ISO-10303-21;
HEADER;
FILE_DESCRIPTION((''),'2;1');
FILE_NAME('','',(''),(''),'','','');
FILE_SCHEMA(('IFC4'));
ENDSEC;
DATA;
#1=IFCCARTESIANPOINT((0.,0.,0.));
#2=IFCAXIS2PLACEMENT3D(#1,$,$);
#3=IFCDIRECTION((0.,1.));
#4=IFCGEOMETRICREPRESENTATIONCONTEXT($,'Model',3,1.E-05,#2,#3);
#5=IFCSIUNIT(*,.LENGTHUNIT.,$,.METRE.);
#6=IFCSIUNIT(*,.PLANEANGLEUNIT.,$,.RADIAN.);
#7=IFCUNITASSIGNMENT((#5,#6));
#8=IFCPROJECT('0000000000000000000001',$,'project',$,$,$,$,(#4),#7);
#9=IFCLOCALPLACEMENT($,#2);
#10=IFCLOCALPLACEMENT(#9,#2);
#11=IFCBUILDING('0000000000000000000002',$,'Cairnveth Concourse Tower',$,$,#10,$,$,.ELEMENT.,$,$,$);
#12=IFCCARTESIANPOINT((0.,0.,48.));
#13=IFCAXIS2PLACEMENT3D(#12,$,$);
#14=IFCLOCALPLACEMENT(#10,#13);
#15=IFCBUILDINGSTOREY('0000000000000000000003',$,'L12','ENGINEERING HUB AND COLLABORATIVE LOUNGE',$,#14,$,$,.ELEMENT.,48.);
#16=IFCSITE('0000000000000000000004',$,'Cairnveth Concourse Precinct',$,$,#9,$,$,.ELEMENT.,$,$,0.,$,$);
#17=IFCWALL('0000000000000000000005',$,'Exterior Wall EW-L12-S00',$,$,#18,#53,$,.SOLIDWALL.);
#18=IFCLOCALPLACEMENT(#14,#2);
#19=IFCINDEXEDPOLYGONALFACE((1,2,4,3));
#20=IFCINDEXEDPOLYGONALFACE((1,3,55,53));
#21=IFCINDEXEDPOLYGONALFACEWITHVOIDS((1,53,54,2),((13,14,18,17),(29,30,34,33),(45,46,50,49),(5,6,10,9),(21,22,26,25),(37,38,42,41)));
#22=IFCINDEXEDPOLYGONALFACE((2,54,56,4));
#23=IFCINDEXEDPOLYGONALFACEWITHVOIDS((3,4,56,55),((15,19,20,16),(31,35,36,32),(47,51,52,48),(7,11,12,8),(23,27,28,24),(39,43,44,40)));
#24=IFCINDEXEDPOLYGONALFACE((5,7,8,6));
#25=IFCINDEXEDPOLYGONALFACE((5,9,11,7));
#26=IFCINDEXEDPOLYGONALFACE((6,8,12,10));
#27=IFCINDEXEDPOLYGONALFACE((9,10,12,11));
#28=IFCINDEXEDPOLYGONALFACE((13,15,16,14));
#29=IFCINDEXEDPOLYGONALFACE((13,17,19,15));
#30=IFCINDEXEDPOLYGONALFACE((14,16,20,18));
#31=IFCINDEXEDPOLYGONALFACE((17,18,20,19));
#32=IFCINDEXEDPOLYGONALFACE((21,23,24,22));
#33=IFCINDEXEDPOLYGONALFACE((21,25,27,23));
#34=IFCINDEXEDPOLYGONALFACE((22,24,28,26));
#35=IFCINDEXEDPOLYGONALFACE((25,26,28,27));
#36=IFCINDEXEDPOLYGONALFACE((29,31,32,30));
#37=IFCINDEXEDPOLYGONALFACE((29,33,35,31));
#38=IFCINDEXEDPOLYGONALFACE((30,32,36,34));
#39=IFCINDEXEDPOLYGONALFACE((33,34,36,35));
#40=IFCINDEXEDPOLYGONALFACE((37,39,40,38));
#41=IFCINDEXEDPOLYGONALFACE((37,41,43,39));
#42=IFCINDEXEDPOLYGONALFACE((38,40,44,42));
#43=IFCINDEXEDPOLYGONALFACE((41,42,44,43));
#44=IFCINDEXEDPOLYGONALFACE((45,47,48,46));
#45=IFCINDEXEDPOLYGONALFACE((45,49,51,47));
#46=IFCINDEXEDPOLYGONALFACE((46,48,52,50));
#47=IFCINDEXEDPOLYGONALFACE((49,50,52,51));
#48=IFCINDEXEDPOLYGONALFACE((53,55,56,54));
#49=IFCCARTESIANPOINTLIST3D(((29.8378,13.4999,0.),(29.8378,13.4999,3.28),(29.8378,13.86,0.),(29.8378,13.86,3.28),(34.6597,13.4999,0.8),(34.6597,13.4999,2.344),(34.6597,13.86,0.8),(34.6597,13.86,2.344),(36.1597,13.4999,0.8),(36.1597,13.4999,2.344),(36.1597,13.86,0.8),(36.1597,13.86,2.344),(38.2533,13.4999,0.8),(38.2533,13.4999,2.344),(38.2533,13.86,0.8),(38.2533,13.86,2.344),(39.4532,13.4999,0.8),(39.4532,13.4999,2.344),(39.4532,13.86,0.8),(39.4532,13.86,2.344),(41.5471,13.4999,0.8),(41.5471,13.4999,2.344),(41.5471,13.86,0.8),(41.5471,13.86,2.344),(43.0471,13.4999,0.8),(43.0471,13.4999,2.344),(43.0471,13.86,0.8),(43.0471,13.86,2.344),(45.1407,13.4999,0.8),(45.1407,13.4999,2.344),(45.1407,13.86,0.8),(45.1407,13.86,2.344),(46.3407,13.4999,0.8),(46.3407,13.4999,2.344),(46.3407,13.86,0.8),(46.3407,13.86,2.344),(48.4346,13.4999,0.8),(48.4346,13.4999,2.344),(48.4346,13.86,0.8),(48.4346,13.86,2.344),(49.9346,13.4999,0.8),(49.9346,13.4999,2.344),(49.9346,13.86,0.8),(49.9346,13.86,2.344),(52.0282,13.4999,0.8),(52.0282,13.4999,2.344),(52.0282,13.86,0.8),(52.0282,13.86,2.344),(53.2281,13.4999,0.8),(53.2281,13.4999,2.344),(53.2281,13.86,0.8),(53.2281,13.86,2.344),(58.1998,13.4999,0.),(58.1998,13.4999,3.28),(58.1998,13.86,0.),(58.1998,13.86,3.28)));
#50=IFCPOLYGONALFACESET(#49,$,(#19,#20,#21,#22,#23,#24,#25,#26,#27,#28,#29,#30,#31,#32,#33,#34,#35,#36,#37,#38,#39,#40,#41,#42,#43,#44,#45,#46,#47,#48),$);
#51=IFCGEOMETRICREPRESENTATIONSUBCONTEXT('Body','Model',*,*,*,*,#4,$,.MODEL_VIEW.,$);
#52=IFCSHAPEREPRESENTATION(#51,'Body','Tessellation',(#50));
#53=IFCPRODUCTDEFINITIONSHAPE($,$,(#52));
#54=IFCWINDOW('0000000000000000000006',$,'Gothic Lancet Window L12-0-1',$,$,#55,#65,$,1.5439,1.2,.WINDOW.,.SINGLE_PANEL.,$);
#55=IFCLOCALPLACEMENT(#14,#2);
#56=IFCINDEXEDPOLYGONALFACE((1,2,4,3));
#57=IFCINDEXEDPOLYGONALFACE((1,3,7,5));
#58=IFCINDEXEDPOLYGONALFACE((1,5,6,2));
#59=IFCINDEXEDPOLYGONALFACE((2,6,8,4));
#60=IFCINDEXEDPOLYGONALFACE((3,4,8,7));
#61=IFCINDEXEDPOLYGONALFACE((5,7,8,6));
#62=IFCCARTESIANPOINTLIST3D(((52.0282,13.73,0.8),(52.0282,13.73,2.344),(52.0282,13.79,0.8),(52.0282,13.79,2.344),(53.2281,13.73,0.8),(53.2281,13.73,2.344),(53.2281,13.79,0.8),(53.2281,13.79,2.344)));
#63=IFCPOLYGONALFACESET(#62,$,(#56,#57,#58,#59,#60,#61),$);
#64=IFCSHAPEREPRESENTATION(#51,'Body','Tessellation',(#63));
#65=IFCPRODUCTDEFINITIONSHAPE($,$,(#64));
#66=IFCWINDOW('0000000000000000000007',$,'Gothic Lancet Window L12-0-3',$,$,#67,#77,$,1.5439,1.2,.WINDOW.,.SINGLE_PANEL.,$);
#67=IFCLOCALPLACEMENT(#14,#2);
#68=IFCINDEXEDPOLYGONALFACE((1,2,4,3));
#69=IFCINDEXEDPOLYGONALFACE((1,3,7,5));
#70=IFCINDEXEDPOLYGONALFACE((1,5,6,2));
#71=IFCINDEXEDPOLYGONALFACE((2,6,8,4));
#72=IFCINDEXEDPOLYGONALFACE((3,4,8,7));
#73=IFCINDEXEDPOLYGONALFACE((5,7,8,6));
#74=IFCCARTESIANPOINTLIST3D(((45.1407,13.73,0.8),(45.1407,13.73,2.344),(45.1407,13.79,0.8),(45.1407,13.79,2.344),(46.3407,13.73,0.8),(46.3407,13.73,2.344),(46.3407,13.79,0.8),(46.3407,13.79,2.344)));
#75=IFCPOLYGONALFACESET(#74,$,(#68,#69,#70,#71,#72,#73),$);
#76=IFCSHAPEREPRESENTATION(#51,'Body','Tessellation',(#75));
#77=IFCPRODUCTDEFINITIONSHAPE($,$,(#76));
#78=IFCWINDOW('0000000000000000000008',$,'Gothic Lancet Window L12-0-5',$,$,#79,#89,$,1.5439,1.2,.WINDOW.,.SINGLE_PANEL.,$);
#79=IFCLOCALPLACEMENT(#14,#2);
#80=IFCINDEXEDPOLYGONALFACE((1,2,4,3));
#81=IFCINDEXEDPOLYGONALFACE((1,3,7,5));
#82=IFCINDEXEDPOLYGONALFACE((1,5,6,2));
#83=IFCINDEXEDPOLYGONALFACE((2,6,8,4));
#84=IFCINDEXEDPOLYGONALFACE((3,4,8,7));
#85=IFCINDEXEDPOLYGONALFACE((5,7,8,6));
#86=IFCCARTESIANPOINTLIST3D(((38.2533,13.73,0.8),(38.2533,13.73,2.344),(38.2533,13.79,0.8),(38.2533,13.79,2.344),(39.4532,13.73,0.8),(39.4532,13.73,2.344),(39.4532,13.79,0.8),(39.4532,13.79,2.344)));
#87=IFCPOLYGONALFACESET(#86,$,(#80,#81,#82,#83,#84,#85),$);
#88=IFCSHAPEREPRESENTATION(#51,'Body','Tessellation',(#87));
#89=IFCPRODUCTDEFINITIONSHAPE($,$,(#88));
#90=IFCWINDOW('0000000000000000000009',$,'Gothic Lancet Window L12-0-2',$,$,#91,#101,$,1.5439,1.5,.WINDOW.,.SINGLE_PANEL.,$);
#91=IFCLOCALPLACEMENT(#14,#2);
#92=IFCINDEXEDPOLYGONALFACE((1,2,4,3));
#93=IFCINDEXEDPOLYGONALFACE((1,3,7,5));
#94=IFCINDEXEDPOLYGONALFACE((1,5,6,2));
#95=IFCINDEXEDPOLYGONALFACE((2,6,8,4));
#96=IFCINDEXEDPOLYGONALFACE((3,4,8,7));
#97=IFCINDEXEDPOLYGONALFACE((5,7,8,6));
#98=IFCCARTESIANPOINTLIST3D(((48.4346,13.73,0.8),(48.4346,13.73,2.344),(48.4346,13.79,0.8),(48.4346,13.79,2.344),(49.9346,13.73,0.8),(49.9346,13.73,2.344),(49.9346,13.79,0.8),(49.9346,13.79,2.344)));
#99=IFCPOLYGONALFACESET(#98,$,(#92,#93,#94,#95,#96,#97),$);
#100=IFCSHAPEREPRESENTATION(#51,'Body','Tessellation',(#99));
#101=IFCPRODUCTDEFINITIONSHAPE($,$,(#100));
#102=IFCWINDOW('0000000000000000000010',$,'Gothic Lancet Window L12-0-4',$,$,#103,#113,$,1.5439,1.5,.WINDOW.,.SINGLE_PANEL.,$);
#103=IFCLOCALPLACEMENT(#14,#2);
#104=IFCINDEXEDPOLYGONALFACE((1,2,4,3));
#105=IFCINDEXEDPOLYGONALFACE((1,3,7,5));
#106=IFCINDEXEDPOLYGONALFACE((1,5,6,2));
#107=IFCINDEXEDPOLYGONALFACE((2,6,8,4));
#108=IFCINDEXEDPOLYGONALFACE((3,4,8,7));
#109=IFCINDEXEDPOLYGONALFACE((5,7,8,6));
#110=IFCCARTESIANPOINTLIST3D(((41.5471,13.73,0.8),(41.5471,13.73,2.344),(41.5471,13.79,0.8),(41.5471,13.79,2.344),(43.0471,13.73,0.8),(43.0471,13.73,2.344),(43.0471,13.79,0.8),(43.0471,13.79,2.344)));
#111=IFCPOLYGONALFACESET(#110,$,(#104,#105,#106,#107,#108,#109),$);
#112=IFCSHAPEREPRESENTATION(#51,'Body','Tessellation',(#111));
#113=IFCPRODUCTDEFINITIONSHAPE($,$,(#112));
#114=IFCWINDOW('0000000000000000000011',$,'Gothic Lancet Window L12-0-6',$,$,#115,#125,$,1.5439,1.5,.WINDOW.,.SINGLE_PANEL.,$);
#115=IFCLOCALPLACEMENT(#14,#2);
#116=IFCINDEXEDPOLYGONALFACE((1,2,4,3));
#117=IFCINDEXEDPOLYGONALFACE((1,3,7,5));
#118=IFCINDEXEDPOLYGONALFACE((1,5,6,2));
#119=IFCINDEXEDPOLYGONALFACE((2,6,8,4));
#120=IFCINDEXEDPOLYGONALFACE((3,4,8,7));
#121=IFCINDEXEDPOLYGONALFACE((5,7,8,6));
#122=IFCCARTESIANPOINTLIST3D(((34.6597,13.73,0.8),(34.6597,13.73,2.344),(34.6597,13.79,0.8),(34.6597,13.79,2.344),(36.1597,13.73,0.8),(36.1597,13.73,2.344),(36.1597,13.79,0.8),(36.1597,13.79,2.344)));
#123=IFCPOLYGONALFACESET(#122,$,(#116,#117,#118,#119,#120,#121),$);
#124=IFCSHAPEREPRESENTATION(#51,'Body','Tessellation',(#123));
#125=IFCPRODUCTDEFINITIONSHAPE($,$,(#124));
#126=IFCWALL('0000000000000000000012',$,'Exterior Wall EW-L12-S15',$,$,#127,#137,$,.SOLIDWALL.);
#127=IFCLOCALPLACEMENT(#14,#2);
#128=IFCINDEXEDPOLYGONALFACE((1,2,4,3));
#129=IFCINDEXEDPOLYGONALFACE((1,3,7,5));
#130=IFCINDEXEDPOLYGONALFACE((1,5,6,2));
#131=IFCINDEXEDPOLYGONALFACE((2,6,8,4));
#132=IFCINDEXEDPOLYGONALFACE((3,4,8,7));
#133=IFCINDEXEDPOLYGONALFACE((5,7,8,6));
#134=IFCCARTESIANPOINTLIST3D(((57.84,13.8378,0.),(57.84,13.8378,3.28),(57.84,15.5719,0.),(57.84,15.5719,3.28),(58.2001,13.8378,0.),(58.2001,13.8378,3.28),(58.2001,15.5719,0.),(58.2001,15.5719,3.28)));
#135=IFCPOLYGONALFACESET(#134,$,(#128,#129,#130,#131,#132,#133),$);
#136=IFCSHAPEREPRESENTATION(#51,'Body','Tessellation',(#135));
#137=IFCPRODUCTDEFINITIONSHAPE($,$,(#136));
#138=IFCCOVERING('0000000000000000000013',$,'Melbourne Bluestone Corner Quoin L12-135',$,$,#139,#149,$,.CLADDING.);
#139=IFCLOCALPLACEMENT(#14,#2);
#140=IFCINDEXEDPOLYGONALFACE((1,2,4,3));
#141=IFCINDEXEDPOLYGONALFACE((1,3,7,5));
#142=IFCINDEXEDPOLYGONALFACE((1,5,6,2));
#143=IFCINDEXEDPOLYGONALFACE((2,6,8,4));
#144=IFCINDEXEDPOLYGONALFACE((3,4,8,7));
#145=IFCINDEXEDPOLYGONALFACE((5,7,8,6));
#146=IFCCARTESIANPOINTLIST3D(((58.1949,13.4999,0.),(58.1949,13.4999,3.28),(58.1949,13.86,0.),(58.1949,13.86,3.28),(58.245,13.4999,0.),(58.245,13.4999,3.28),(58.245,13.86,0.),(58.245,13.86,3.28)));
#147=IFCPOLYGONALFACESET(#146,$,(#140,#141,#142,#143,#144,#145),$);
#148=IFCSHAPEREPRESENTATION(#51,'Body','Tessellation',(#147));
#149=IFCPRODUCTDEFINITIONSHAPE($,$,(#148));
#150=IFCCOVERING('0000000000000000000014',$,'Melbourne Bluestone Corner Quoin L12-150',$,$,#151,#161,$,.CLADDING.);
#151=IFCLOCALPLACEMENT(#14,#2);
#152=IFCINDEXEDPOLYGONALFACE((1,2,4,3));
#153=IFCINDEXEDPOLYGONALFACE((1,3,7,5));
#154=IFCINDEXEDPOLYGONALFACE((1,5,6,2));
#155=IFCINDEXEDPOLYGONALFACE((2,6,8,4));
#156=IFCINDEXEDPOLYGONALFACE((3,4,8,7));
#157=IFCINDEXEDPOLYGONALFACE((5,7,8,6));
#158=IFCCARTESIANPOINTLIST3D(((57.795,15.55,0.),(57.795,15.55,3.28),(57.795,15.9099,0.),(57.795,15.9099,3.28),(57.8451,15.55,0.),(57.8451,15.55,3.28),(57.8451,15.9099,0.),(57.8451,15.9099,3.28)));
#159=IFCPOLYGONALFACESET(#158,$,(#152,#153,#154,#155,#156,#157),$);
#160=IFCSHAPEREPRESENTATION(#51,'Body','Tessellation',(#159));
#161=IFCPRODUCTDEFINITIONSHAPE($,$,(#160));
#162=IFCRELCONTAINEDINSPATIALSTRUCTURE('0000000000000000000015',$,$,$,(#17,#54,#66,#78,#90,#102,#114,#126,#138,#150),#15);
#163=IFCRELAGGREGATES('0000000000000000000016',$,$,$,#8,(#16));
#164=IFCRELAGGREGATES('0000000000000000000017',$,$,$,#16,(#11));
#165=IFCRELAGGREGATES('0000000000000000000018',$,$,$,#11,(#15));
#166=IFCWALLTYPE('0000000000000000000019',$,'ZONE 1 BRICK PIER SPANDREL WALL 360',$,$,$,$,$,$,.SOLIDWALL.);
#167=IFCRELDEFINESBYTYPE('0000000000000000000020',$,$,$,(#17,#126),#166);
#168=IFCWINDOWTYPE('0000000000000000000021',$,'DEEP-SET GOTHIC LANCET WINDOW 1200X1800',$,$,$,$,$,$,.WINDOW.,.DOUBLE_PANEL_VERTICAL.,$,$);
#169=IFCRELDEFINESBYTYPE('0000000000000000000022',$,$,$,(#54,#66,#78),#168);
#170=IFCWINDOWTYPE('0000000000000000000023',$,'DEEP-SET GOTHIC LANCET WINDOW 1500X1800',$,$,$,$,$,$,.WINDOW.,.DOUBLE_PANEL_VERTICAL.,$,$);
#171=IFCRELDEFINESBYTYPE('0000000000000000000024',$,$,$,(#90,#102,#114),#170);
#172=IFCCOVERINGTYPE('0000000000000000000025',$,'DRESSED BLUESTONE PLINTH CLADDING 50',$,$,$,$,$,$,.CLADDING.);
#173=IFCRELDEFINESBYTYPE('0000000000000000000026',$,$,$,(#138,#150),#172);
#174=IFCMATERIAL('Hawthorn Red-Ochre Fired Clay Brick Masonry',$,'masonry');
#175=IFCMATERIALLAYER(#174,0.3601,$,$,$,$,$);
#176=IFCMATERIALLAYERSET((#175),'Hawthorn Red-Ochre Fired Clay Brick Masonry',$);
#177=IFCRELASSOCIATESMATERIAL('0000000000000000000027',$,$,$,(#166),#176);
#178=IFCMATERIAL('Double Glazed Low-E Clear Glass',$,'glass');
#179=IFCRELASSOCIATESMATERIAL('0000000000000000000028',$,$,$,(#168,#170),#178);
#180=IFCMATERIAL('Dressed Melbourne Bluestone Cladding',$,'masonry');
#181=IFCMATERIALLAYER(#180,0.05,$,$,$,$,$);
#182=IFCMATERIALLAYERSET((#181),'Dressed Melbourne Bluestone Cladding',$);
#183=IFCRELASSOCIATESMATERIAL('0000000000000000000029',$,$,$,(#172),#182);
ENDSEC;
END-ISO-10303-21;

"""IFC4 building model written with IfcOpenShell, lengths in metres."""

from ifc_helpers import new_model, si_unit, direction, frame, frame_2d, origin, place, context, subcontext, project, spatial, rectangle, extrude, material, layer, layer_set, type_object, element, fill, save


model = new_model("IFC4")

# Units and contexts
model_context = context("Model", 3, precision=1e-05, world=origin(), true_north=direction((0.0, 1.0)))
body_context = subcontext(model_context, "Body", "Model", "MODEL_VIEW")
ifc_project = project(units=[si_unit("LENGTHUNIT", "METRE"), si_unit("PLANEANGLEUNIT", "RADIAN")], contexts=[model_context])

# Site, building, storey
site_placement = place(None, origin())
site = spatial("IfcSite", under=ifc_project, at=site_placement, Name="Cairnveth Concourse Precinct", CompositionType="ELEMENT", RefElevation=0.0)
building_placement = place(site_placement, origin())
building = spatial("IfcBuilding", under=site, at=building_placement, Name="Cairnveth Concourse Tower", CompositionType="ELEMENT")
storey_placement = place(building_placement, frame((0.0, 0.0, 48.0)))
storey = spatial("IfcBuildingStorey", under=building, at=storey_placement, Name="L12", Description="ENGINEERING HUB AND COLLABORATIVE LOUNGE", CompositionType="ELEMENT", Elevation=48.0)

# Shared definitions
ifc_material_1 = material(Name="Dressed Melbourne Bluestone Cladding", Category="masonry")

# Wall, openings, windows
ifc_material_2 = material(Name="Hawthorn Red-Ochre Fired Clay Brick Masonry", Category="masonry")
ifc_layer_1 = layer(ifc_material_2, 0.3601)
ifc_layer_set_1 = layer_set([ifc_layer_1], Name="Hawthorn Red-Ochre Fired Clay Brick Masonry")
wall_type_1 = type_object("IfcWallType", Name="ZONE 1 BRICK PIER SPANDREL WALL 360", PredefinedType="SOLIDWALL", material=ifc_layer_set_1)
wall_1_placement = place(storey_placement, frame((58.2, 13.6799, 0.0), z_axis=(0.0, 0.0, 1.0), x_axis=(-1.0, 0.0, 0.0)))
wall_1 = element("IfcWall", 1, at=wall_1_placement, inside=storey, type_object=wall_type_1, Name="Exterior Wall EW-L12-S00", PredefinedType="SOLIDWALL", context=body_context, shape_type="SweptSolid", body=[
    extrude(rectangle(XDim=28.3621, YDim=0.3601, at=frame_2d((14.1812, 0.0))), origin(), (0.0, 0.0, 1.0), 3.28),
])
opening_1_placement = place(wall_1_placement, frame((4.9717, 0.0, 0.8)))
opening_1 = element("IfcOpeningElement", 2, at=opening_1_placement, cuts=wall_1, PredefinedType="OPENING", context=body_context, shape_type="SweptSolid", body=[
    extrude(rectangle(XDim=1.2, YDim=1.5439, at=frame_2d((0.6001, 0.772))), frame((0.0, 0.1899, 0.0), z_axis=(0.0, -1.0, 0.0), x_axis=(1.0, 0.0, 0.0)), (0.0, 0.0, 1.0), 0.3801),
])
opening_2_placement = place(wall_1_placement, frame((8.2654, 0.0, 0.8)))
opening_2 = element("IfcOpeningElement", 3, at=opening_2_placement, cuts=wall_1, PredefinedType="OPENING", context=body_context, shape_type="SweptSolid", body=[
    extrude(rectangle(XDim=1.5, YDim=1.5439, at=frame_2d((0.75, 0.772))), frame((0.0, 0.1899, 0.0), z_axis=(0.0, -1.0, 0.0), x_axis=(1.0, 0.0, 0.0)), (0.0, 0.0, 1.0), 0.3801),
])
opening_3_placement = place(wall_1_placement, frame((11.8591, 0.0, 0.8)))
opening_3 = element("IfcOpeningElement", 4, at=opening_3_placement, cuts=wall_1, PredefinedType="OPENING", context=body_context, shape_type="SweptSolid", body=[
    extrude(rectangle(XDim=1.2, YDim=1.5439, at=frame_2d((0.6001, 0.772))), frame((0.0, 0.1899, 0.0), z_axis=(0.0, -1.0, 0.0), x_axis=(1.0, 0.0, 0.0)), (0.0, 0.0, 1.0), 0.3801),
])
opening_4_placement = place(wall_1_placement, frame((15.1528, 0.0, 0.8)))
opening_4 = element("IfcOpeningElement", 5, at=opening_4_placement, cuts=wall_1, PredefinedType="OPENING", context=body_context, shape_type="SweptSolid", body=[
    extrude(rectangle(XDim=1.5, YDim=1.5439, at=frame_2d((0.75, 0.772))), frame((0.0, 0.1899, 0.0), z_axis=(0.0, -1.0, 0.0), x_axis=(1.0, 0.0, 0.0)), (0.0, 0.0, 1.0), 0.3801),
])
opening_5_placement = place(wall_1_placement, frame((18.7466, 0.0, 0.8)))
opening_5 = element("IfcOpeningElement", 6, at=opening_5_placement, cuts=wall_1, PredefinedType="OPENING", context=body_context, shape_type="SweptSolid", body=[
    extrude(rectangle(XDim=1.2, YDim=1.5439, at=frame_2d((0.6001, 0.772))), frame((0.0, 0.1899, 0.0), z_axis=(0.0, -1.0, 0.0), x_axis=(1.0, 0.0, 0.0)), (0.0, 0.0, 1.0), 0.3801),
])
opening_6_placement = place(wall_1_placement, frame((22.0403, 0.0, 0.8)))
opening_6 = element("IfcOpeningElement", 7, at=opening_6_placement, cuts=wall_1, PredefinedType="OPENING", context=body_context, shape_type="SweptSolid", body=[
    extrude(rectangle(XDim=1.5, YDim=1.5439, at=frame_2d((0.75, 0.772))), frame((0.0, 0.1899, 0.0), z_axis=(0.0, -1.0, 0.0), x_axis=(1.0, 0.0, 0.0)), (0.0, 0.0, 1.0), 0.3801),
])
ifc_material_3 = material(Name="Double Glazed Low-E Clear Glass", Category="glass")
window_type_1 = type_object("IfcWindowType", Name="DEEP-SET GOTHIC LANCET WINDOW 1200X1800", PartitioningType="DOUBLE_PANEL_VERTICAL", PredefinedType="WINDOW", material=ifc_material_3)
window_1_placement = place(opening_1_placement, origin())
window_1 = element("IfcWindow", 8, at=window_1_placement, inside=storey, type_object=window_type_1, Name="Gothic Lancet Window L12-0-1", OverallHeight=1.5439, OverallWidth=1.2, PartitioningType="SINGLE_PANEL", PredefinedType="WINDOW", context=body_context, shape_type="SweptSolid", body=[
    extrude(rectangle(XDim=1.2, YDim=1.5439, at=frame_2d((0.6001, 0.772))), frame((0.0, -0.05, 0.0), z_axis=(0.0, -1.0, 0.0), x_axis=(1.0, 0.0, 0.0)), (0.0, 0.0, 1.0), 0.0601),
])
fill(opening_1, window_1)
window_2_placement = place(opening_3_placement, origin())
window_2 = element("IfcWindow", 9, at=window_2_placement, inside=storey, type_object=window_type_1, Name="Gothic Lancet Window L12-0-3", OverallHeight=1.5439, OverallWidth=1.2, PartitioningType="SINGLE_PANEL", PredefinedType="WINDOW", context=body_context, shape_type="SweptSolid", body=[
    extrude(rectangle(XDim=1.2, YDim=1.5439, at=frame_2d((0.6001, 0.772))), frame((0.0, -0.05, 0.0), z_axis=(0.0, -1.0, 0.0), x_axis=(1.0, 0.0, 0.0)), (0.0, 0.0, 1.0), 0.0601),
])
fill(opening_3, window_2)
window_3_placement = place(opening_5_placement, origin())
window_3 = element("IfcWindow", 10, at=window_3_placement, inside=storey, type_object=window_type_1, Name="Gothic Lancet Window L12-0-5", OverallHeight=1.5439, OverallWidth=1.2, PartitioningType="SINGLE_PANEL", PredefinedType="WINDOW", context=body_context, shape_type="SweptSolid", body=[
    extrude(rectangle(XDim=1.2, YDim=1.5439, at=frame_2d((0.6001, 0.772))), frame((0.0, -0.05, 0.0), z_axis=(0.0, -1.0, 0.0), x_axis=(1.0, 0.0, 0.0)), (0.0, 0.0, 1.0), 0.0601),
])
fill(opening_5, window_3)
window_type_2 = type_object("IfcWindowType", Name="DEEP-SET GOTHIC LANCET WINDOW 1500X1800", PartitioningType="DOUBLE_PANEL_VERTICAL", PredefinedType="WINDOW", material=ifc_material_3)
window_4_placement = place(opening_2_placement, origin())
window_4 = element("IfcWindow", 11, at=window_4_placement, inside=storey, type_object=window_type_2, Name="Gothic Lancet Window L12-0-2", OverallHeight=1.5439, OverallWidth=1.5, PartitioningType="SINGLE_PANEL", PredefinedType="WINDOW", context=body_context, shape_type="SweptSolid", body=[
    extrude(rectangle(XDim=1.5, YDim=1.5439, at=frame_2d((0.75, 0.772))), frame((0.0, -0.05, 0.0), z_axis=(0.0, -1.0, 0.0), x_axis=(1.0, 0.0, 0.0)), (0.0, 0.0, 1.0), 0.0601),
])
fill(opening_2, window_4)
window_5_placement = place(opening_4_placement, origin())
window_5 = element("IfcWindow", 12, at=window_5_placement, inside=storey, type_object=window_type_2, Name="Gothic Lancet Window L12-0-4", OverallHeight=1.5439, OverallWidth=1.5, PartitioningType="SINGLE_PANEL", PredefinedType="WINDOW", context=body_context, shape_type="SweptSolid", body=[
    extrude(rectangle(XDim=1.5, YDim=1.5439, at=frame_2d((0.75, 0.772))), frame((0.0, -0.05, 0.0), z_axis=(0.0, -1.0, 0.0), x_axis=(1.0, 0.0, 0.0)), (0.0, 0.0, 1.0), 0.0601),
])
fill(opening_4, window_5)
window_6_placement = place(opening_6_placement, origin())
window_6 = element("IfcWindow", 13, at=window_6_placement, inside=storey, type_object=window_type_2, Name="Gothic Lancet Window L12-0-6", OverallHeight=1.5439, OverallWidth=1.5, PartitioningType="SINGLE_PANEL", PredefinedType="WINDOW", context=body_context, shape_type="SweptSolid", body=[
    extrude(rectangle(XDim=1.5, YDim=1.5439, at=frame_2d((0.75, 0.772))), frame((0.0, -0.05, 0.0), z_axis=(0.0, -1.0, 0.0), x_axis=(1.0, 0.0, 0.0)), (0.0, 0.0, 1.0), 0.0601),
])
fill(opening_6, window_6)

# Wall
wall_2_placement = place(storey_placement, frame((58.02, 15.572, 0.0), z_axis=(0.0, 0.0, 1.0), x_axis=(0.0, -1.0, 0.0)))
element("IfcWall", 14, at=wall_2_placement, inside=storey, type_object=wall_type_1, Name="Exterior Wall EW-L12-S15", PredefinedType="SOLIDWALL", context=body_context, shape_type="SweptSolid", body=[
    extrude(rectangle(XDim=1.7341, YDim=0.3601, at=frame_2d((0.8672, 0.0))), origin(), (0.0, 0.0, 1.0), 3.28),
])

# Coverings
ifc_layer_2 = layer(ifc_material_1, 0.05)
ifc_layer_set_2 = layer_set([ifc_layer_2], Name="Dressed Melbourne Bluestone Cladding")
covering_type = type_object("IfcCoveringType", Name="DRESSED BLUESTONE PLINTH CLADDING 50", PredefinedType="CLADDING", material=ifc_layer_set_2)
covering_1_placement = place(storey_placement, frame((58.22, 13.8601, 0.0), z_axis=(0.0, 0.0, 1.0), x_axis=(0.0, -1.0, 0.0)))
element("IfcCovering", 15, at=covering_1_placement, inside=storey, type_object=covering_type, Name="Melbourne Bluestone Corner Quoin L12-135", PredefinedType="CLADDING", context=body_context, shape_type="SweptSolid", body=[
    extrude(rectangle(XDim=0.3601, YDim=0.05, at=frame_2d((0.1802, 0.0))), origin(), (0.0, 0.0, 1.0), 3.28),
])
covering_2_placement = place(storey_placement, frame((57.8201, 15.9099, 0.0), z_axis=(0.0, 0.0, 1.0), x_axis=(0.0, -1.0, 0.0)))
element("IfcCovering", 16, at=covering_2_placement, inside=storey, type_object=covering_type, Name="Melbourne Bluestone Corner Quoin L12-150", PredefinedType="CLADDING", context=body_context, shape_type="SweptSolid", body=[
    extrude(rectangle(XDim=0.3599, YDim=0.05, at=frame_2d((0.1799, 0.0))), origin(), (0.0, 0.0, 1.0), 3.28),
])

save(model, "model.ifc")
